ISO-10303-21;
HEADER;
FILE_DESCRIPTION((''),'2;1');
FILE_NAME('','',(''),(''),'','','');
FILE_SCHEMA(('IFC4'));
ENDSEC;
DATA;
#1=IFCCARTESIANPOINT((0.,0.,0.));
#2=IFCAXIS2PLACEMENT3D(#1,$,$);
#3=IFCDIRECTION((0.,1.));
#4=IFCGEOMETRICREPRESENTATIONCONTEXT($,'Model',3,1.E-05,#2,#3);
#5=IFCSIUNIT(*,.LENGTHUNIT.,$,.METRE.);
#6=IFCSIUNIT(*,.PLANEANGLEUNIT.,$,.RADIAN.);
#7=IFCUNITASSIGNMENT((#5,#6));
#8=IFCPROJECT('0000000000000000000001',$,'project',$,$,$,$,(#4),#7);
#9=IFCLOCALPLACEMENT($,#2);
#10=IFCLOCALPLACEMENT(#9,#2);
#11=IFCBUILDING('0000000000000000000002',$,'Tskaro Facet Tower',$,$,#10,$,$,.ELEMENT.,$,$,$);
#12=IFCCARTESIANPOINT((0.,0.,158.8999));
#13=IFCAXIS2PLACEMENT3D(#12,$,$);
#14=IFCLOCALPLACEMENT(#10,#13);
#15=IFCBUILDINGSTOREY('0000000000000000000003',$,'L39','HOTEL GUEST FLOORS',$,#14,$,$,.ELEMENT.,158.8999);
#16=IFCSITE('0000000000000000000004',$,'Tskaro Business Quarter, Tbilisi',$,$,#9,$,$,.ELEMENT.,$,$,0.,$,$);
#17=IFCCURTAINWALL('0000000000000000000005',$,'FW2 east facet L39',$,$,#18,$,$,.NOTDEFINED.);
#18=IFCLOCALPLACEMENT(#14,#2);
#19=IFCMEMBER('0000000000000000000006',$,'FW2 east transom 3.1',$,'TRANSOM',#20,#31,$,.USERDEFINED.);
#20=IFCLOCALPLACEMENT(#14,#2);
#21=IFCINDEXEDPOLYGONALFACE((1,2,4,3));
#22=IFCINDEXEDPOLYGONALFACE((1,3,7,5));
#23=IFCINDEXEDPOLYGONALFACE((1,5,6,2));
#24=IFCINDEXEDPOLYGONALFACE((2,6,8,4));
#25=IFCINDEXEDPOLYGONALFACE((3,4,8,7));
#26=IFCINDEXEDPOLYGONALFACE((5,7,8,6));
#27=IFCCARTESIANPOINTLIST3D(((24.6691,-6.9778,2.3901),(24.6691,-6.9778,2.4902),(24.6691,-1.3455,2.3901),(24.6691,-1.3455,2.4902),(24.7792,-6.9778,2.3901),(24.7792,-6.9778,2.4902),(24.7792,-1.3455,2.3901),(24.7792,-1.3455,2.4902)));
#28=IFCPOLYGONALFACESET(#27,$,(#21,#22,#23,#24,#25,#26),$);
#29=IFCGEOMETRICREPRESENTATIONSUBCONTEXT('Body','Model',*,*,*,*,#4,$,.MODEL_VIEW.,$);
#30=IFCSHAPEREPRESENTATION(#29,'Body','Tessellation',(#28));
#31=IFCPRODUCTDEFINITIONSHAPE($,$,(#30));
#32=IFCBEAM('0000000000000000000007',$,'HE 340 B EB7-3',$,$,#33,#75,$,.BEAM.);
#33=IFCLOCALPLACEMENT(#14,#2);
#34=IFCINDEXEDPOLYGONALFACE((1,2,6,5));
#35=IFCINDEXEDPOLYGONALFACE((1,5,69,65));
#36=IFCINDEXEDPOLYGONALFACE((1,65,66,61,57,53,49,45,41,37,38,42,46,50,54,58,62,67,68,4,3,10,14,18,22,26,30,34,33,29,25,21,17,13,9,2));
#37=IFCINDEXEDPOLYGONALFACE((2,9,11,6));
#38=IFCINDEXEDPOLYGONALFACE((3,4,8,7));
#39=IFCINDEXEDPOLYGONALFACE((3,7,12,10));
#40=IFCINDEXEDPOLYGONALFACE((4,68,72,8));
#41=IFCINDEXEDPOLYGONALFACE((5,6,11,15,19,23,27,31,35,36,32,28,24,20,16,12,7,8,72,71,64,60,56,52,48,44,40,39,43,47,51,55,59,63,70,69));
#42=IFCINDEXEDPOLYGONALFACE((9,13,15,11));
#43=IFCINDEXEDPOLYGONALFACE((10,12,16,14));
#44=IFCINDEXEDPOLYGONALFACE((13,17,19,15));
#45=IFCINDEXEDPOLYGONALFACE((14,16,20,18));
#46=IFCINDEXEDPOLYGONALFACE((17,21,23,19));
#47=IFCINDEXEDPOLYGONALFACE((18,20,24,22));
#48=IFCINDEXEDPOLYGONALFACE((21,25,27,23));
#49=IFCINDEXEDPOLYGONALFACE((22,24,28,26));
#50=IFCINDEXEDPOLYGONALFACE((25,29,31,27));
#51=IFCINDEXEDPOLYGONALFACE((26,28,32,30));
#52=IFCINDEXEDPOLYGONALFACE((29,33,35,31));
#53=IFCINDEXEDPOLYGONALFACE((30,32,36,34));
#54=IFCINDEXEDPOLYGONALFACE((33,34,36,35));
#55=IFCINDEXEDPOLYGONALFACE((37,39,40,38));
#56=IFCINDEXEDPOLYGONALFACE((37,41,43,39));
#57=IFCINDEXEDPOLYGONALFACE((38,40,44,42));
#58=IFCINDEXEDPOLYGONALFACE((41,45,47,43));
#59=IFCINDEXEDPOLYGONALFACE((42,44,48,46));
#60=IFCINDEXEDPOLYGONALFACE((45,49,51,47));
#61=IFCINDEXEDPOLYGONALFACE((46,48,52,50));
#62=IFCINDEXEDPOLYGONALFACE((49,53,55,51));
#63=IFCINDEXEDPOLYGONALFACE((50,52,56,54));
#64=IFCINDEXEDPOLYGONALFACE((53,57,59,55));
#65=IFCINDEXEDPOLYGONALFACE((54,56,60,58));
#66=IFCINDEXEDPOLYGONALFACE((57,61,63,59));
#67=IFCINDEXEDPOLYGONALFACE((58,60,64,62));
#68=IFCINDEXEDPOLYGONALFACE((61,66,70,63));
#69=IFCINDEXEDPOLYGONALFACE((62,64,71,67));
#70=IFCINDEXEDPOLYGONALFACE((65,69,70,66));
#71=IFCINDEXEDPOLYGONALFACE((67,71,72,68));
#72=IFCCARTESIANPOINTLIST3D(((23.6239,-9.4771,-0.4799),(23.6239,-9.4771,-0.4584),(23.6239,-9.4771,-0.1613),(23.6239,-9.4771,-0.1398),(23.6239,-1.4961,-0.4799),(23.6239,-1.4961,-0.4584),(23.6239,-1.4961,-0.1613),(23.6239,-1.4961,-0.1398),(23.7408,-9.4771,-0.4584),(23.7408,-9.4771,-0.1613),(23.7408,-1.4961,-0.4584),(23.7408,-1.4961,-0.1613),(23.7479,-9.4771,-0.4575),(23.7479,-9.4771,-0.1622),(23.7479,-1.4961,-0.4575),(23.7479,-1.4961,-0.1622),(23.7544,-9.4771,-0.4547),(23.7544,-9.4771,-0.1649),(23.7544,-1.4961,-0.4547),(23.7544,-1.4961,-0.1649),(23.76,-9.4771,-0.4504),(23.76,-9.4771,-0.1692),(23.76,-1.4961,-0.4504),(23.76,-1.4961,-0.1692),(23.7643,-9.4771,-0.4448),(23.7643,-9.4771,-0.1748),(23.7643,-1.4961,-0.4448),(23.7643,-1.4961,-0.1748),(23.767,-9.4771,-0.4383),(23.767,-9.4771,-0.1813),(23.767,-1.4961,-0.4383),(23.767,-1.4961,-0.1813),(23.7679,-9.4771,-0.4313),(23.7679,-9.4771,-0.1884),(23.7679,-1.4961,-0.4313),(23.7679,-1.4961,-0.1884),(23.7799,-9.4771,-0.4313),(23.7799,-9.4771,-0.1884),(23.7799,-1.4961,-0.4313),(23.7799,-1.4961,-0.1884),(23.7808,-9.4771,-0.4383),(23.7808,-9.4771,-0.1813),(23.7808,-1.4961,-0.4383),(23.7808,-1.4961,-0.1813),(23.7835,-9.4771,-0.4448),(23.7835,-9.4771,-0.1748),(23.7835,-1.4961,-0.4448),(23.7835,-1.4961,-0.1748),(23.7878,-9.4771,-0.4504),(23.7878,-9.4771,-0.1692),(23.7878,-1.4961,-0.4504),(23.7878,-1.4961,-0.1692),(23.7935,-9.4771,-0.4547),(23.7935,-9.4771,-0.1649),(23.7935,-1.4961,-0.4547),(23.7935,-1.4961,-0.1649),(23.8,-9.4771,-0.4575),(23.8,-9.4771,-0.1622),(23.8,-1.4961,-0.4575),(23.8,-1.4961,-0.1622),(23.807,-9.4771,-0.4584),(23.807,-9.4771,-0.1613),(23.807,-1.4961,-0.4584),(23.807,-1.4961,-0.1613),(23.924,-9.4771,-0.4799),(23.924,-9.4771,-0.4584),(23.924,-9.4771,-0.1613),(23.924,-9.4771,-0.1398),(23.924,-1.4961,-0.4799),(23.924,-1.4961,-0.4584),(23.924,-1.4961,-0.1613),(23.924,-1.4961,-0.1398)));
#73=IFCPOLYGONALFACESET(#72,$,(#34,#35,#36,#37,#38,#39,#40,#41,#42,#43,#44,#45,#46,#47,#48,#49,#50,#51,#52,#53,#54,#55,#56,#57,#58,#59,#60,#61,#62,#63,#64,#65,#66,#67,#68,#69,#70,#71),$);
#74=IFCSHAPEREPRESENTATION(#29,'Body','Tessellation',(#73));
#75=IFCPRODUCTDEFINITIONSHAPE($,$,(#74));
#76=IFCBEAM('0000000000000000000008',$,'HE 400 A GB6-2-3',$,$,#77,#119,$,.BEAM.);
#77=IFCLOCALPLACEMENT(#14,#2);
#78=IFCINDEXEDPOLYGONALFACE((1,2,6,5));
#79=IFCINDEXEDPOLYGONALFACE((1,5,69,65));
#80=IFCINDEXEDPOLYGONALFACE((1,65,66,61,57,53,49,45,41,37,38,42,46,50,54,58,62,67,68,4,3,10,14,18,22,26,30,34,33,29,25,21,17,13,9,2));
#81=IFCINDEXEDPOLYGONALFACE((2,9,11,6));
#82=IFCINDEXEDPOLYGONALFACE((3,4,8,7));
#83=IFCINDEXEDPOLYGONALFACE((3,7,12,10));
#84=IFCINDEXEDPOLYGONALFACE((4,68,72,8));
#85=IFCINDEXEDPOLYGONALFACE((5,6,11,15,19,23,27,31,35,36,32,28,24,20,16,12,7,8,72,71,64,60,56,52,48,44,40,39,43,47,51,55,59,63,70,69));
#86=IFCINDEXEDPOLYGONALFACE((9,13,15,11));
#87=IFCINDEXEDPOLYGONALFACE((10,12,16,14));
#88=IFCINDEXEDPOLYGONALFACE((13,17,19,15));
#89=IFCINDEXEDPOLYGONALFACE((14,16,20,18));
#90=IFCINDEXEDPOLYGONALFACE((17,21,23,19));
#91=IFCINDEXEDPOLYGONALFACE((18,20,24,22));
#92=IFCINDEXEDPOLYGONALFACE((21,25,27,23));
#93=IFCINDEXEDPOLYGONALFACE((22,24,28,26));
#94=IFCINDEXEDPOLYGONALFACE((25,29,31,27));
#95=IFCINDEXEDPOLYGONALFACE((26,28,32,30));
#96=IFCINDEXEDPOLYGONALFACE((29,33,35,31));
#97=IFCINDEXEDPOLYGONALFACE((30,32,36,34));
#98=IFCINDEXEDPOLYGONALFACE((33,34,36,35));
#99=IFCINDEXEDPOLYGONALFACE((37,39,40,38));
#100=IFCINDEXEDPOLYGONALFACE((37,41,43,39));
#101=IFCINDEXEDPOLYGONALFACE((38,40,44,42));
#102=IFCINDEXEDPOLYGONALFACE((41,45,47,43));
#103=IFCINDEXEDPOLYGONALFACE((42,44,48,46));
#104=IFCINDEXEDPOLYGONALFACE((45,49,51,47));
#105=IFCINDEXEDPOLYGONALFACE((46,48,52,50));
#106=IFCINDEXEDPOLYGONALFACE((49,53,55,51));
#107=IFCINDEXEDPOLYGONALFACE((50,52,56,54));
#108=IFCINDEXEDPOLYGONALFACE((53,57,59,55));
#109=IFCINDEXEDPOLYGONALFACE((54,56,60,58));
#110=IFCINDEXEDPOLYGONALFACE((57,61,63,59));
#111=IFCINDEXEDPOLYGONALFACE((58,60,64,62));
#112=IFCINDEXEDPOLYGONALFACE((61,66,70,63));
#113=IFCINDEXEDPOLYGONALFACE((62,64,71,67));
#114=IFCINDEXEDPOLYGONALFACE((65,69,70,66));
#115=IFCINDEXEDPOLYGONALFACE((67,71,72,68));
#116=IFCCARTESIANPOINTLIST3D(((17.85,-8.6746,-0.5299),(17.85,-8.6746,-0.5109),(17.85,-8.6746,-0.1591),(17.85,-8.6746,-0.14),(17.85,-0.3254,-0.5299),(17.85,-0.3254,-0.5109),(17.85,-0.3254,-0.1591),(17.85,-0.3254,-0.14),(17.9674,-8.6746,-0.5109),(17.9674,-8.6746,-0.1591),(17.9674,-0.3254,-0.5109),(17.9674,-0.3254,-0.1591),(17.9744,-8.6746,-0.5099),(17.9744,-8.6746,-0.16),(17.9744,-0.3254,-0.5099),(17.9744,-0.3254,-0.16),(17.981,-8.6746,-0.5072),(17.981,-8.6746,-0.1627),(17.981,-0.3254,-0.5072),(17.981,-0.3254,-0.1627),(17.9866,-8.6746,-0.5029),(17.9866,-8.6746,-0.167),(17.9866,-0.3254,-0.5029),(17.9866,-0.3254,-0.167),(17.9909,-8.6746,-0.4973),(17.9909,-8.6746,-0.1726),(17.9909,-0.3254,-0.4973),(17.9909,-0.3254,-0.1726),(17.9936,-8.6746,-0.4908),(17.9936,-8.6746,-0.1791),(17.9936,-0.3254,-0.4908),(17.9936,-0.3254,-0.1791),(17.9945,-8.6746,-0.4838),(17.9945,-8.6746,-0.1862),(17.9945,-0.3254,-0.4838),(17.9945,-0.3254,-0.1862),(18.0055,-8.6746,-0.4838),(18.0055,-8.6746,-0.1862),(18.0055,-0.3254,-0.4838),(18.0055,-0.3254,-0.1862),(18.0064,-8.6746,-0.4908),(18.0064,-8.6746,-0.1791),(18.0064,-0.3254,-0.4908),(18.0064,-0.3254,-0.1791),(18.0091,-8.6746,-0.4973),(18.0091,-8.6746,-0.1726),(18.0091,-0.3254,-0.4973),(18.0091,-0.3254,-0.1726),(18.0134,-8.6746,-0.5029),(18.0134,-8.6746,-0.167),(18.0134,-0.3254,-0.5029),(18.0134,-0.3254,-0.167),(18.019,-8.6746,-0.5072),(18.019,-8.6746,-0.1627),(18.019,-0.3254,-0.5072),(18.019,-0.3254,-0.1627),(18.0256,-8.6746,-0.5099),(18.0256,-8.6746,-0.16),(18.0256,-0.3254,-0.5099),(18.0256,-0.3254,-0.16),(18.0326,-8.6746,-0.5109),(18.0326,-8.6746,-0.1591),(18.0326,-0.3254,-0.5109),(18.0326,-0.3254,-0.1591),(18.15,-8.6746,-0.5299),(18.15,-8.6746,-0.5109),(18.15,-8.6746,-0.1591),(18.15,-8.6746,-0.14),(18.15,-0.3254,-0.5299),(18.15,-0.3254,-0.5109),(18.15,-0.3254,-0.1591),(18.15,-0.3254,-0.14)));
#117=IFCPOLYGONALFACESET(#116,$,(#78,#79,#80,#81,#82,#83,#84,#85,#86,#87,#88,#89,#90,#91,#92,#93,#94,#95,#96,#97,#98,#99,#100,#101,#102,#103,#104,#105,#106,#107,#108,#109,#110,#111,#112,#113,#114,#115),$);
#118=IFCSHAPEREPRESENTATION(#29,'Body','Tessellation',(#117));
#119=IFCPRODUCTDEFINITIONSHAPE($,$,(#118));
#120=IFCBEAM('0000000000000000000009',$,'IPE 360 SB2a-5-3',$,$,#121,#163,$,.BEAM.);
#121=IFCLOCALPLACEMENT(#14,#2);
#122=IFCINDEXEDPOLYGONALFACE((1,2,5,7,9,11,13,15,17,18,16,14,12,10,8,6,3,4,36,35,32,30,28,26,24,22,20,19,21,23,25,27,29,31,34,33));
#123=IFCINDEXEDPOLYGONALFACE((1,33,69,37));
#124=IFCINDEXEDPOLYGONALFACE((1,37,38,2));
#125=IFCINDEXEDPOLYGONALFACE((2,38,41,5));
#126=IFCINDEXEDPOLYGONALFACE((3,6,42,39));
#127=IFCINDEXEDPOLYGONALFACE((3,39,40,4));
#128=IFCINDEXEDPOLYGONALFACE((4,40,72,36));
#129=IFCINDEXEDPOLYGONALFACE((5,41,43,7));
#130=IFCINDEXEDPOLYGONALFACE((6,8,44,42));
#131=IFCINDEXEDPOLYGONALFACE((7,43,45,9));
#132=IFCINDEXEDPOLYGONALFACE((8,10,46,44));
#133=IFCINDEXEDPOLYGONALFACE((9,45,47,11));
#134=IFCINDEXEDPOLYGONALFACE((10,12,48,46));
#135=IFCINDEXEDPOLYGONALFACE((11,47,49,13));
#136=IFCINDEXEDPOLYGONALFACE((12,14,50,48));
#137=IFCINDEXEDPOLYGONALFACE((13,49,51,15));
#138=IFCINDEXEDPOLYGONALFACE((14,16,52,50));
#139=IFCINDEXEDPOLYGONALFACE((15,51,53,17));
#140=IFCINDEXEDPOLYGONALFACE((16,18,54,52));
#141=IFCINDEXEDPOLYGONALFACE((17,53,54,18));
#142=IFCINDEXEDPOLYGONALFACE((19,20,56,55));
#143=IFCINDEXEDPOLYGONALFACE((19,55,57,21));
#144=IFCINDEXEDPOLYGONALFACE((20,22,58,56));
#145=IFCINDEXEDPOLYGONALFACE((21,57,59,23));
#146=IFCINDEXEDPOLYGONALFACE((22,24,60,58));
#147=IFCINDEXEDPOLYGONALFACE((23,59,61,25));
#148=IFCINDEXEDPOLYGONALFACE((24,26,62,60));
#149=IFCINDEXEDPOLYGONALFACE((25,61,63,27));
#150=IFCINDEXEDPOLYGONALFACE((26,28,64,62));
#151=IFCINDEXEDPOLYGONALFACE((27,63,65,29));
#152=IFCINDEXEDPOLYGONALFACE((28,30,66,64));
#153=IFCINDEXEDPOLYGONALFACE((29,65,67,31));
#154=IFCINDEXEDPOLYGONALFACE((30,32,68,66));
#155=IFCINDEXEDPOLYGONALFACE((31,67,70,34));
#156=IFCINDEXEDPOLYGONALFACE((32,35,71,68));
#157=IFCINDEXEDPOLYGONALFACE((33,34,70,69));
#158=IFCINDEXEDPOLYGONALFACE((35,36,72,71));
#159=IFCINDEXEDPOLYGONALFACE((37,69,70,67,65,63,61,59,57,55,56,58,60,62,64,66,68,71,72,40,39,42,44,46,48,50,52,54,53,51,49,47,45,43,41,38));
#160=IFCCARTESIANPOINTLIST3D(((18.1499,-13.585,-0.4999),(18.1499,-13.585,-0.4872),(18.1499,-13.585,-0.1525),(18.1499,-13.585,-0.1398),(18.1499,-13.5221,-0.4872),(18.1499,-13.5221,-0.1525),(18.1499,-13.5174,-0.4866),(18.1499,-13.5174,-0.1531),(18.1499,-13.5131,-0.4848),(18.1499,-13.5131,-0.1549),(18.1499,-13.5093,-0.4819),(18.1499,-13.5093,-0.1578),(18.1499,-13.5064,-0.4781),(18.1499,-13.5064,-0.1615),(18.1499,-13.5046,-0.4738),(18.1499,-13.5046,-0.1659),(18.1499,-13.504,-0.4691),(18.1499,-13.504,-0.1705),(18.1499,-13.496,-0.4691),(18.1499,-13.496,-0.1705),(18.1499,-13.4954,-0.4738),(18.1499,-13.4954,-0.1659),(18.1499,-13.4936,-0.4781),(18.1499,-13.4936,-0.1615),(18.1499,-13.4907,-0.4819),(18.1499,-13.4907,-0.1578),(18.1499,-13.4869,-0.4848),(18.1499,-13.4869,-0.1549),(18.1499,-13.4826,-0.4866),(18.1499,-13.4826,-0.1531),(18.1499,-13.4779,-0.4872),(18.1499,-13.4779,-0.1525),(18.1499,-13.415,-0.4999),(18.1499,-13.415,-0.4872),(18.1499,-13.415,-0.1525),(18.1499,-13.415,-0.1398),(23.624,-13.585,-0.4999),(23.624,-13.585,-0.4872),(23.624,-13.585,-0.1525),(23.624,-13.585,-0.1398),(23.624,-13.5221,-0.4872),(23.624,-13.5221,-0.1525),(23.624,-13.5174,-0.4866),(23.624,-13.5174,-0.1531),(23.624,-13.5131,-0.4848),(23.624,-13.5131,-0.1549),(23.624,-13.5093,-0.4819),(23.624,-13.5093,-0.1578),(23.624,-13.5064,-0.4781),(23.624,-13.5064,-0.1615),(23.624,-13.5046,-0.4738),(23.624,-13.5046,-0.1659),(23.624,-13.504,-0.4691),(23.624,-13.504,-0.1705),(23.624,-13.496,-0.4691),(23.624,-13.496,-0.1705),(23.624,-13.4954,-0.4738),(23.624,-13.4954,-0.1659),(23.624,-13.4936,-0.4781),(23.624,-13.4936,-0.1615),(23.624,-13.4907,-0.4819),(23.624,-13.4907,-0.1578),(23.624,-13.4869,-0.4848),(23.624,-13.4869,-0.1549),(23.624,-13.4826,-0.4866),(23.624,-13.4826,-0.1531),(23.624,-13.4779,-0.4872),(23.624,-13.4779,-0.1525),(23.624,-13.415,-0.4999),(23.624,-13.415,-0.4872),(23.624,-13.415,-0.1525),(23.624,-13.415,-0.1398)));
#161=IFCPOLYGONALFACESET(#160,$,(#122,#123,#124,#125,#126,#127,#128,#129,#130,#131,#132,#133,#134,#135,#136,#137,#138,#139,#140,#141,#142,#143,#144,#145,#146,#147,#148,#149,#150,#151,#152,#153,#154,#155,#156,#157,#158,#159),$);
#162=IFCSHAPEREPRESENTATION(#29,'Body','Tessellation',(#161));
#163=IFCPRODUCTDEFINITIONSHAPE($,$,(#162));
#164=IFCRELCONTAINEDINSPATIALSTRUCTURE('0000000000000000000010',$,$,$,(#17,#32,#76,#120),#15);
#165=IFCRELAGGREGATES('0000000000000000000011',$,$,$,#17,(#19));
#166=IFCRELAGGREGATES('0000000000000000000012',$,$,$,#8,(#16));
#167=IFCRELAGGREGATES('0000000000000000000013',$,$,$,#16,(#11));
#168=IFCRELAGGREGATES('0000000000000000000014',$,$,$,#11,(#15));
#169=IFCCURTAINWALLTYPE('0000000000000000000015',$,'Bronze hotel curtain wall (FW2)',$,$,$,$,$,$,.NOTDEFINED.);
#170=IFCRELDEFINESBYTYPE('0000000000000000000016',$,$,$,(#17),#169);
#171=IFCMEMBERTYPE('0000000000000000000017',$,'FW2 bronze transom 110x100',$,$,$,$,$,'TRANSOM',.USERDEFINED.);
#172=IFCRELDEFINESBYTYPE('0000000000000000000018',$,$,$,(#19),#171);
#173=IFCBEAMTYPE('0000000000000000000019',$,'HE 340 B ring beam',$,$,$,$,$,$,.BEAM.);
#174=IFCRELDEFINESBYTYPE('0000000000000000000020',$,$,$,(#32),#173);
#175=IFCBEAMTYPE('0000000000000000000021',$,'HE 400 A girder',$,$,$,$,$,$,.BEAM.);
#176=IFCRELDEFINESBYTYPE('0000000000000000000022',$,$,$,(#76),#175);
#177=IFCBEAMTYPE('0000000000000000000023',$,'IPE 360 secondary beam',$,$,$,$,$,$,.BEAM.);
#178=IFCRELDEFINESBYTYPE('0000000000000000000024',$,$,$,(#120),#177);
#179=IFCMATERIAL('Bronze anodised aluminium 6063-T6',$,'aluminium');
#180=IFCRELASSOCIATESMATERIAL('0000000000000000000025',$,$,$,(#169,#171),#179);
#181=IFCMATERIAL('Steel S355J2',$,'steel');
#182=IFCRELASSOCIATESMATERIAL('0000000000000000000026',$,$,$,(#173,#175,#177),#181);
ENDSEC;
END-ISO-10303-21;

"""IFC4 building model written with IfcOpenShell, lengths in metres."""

from ifc_helpers import new_model, si_unit, direction, frame, origin, origin_2d, place, context, subcontext, project, spatial, rectangle, i_section, extrude, material, material_profile, profile_set, type_object, element, aggregate, save


model = new_model("IFC4")

# Units and contexts
model_context = context("Model", 3, precision=1e-05, world=origin(), true_north=direction((0.0, 1.0)))
body_context = subcontext(model_context, "Body", "Model", "MODEL_VIEW")
ifc_project = project(units=[si_unit("LENGTHUNIT", "METRE"), si_unit("PLANEANGLEUNIT", "RADIAN")], contexts=[model_context])

# Site, building, storey
site_placement = place(None, origin())
site = spatial("IfcSite", under=ifc_project, at=site_placement, Name="Tskaro Business Quarter, Tbilisi", CompositionType="ELEMENT", RefElevation=0.0)
building_placement = place(site_placement, origin())
building = spatial("IfcBuilding", under=site, at=building_placement, Name="Tskaro Facet Tower", CompositionType="ELEMENT")
storey_placement = place(building_placement, frame((0.0, 0.0, 158.8999)))
storey = spatial("IfcBuildingStorey", under=building, at=storey_placement, Name="L39", Description="HOTEL GUEST FLOORS", CompositionType="ELEMENT", Elevation=158.8999)

# Curtain wall, member
ifc_material_1 = material(Name="Bronze anodised aluminium 6063-T6", Category="aluminium")
curtain_wall_type = type_object("IfcCurtainWallType", Name="Bronze hotel curtain wall (FW2)", PredefinedType="NOTDEFINED", material=ifc_material_1)
curtain_wall_placement = place(storey_placement, origin())
curtain_wall = element("IfcCurtainWall", 1, at=curtain_wall_placement, inside=storey, type_object=curtain_wall_type, Name="FW2 east facet L39", PredefinedType="NOTDEFINED")
ifc_material_profile_1 = material_profile(ifc_material_1, rectangle(XDim=0.1101, YDim=0.1001, at=origin_2d()), Name="Transom 110x100")
ifc_profile_set_1 = profile_set([ifc_material_profile_1], Name="Bronze anodised aluminium 6063-T6")
member_type_1 = type_object("IfcMemberType", Name="FW2 bronze transom 110x100", ElementType="TRANSOM", PredefinedType="USERDEFINED", material=ifc_profile_set_1)
member_1_placement = place(storey_placement, frame((24.7241, -6.9778, 2.4402), z_axis=(0.0, 1.0, 0.0), x_axis=(-1.0, 0.0, 0.0)))
member_1 = element("IfcMember", 2, at=member_1_placement, type_object=member_type_1, Name="FW2 east transom 3.1", ObjectType="TRANSOM", PredefinedType="USERDEFINED", context=body_context, shape_type="SweptSolid", body=[
    extrude(rectangle(XDim=0.1101, YDim=0.1001, at=origin_2d()), origin(), (0.0, 0.0, 1.0), 5.6323),
])

# Beams
ifc_material_2 = material(Name="Steel S355J2", Category="steel")
ifc_material_profile_2 = material_profile(ifc_material_2, i_section(OverallWidth=0.3, OverallDepth=0.3401, WebThickness=0.012, FlangeThickness=0.0215, FilletRadius=0.0271, at=origin_2d()), Name="HE 340 B")
ifc_profile_set_2 = profile_set([ifc_material_profile_2], Name="Steel S355J2")
beam_type_1 = type_object("IfcBeamType", Name="HE 340 B ring beam", PredefinedType="BEAM", material=ifc_profile_set_2)
beam_1_placement = place(storey_placement, frame((23.7739, -9.4771, -0.3098), z_axis=(0.0, 1.0, 0.0), x_axis=(-1.0, 0.0, 0.0)))
element("IfcBeam", 3, at=beam_1_placement, inside=storey, type_object=beam_type_1, Name="HE 340 B EB7-3", PredefinedType="BEAM", context=body_context, shape_type="SweptSolid", body=[
    extrude(i_section(OverallWidth=0.3, OverallDepth=0.3401, WebThickness=0.012, FlangeThickness=0.0215, FilletRadius=0.0271, at=origin_2d()), origin(), (0.0, 0.0, 1.0), 7.981),
])
ifc_material_profile_3 = material_profile(ifc_material_2, i_section(OverallWidth=0.3, OverallDepth=0.3899, WebThickness=0.011, FlangeThickness=0.019, FilletRadius=0.0271, at=origin_2d()), Name="HE 400 A")
ifc_profile_set_3 = profile_set([ifc_material_profile_3], Name="Steel S355J2")
beam_type_2 = type_object("IfcBeamType", Name="HE 400 A girder", PredefinedType="BEAM", material=ifc_profile_set_3)
beam_2_placement = place(storey_placement, frame((18.0, -8.6746, -0.335), z_axis=(0.0, 1.0, 0.0), x_axis=(-1.0, 0.0, 0.0)))
element("IfcBeam", 4, at=beam_2_placement, inside=storey, type_object=beam_type_2, Name="HE 400 A GB6-2-3", PredefinedType="BEAM", context=body_context, shape_type="SweptSolid", body=[
    extrude(i_section(OverallWidth=0.3, OverallDepth=0.3899, WebThickness=0.011, FlangeThickness=0.019, FilletRadius=0.0271, at=origin_2d()), origin(), (0.0, 0.0, 1.0), 8.3491),
])
ifc_material_profile_4 = material_profile(ifc_material_2, i_section(OverallWidth=0.1699, OverallDepth=0.3601, WebThickness=0.0081, FlangeThickness=0.0127, FilletRadius=0.0181, at=origin_2d()), Name="IPE 360")
ifc_profile_set_4 = profile_set([ifc_material_profile_4], Name="Steel S355J2")
beam_type_3 = type_object("IfcBeamType", Name="IPE 360 secondary beam", PredefinedType="BEAM", material=ifc_profile_set_4)
for number, where, z_axis, x_axis, name in (
    (5, (18.1499, -13.5, -0.3198), (1.0, 0.0, 0.0), (0.0, 1.0, 0.0), "IPE 360 SB2a-5-3"),
):
    element("IfcBeam", number, at=place(storey_placement, frame(where, z_axis=z_axis, x_axis=x_axis)), inside=storey, type_object=beam_type_3, Name=name, PredefinedType="BEAM", context=body_context, shape_type="SweptSolid", body=[
        extrude(i_section(OverallWidth=0.1699, OverallDepth=0.3601, WebThickness=0.0081, FlangeThickness=0.0127, FilletRadius=0.0181, at=origin_2d()), origin(), (0.0, 0.0, 1.0), 5.4741),
    ])

aggregate(curtain_wall, [member_1])

save(model, "model.ifc")
